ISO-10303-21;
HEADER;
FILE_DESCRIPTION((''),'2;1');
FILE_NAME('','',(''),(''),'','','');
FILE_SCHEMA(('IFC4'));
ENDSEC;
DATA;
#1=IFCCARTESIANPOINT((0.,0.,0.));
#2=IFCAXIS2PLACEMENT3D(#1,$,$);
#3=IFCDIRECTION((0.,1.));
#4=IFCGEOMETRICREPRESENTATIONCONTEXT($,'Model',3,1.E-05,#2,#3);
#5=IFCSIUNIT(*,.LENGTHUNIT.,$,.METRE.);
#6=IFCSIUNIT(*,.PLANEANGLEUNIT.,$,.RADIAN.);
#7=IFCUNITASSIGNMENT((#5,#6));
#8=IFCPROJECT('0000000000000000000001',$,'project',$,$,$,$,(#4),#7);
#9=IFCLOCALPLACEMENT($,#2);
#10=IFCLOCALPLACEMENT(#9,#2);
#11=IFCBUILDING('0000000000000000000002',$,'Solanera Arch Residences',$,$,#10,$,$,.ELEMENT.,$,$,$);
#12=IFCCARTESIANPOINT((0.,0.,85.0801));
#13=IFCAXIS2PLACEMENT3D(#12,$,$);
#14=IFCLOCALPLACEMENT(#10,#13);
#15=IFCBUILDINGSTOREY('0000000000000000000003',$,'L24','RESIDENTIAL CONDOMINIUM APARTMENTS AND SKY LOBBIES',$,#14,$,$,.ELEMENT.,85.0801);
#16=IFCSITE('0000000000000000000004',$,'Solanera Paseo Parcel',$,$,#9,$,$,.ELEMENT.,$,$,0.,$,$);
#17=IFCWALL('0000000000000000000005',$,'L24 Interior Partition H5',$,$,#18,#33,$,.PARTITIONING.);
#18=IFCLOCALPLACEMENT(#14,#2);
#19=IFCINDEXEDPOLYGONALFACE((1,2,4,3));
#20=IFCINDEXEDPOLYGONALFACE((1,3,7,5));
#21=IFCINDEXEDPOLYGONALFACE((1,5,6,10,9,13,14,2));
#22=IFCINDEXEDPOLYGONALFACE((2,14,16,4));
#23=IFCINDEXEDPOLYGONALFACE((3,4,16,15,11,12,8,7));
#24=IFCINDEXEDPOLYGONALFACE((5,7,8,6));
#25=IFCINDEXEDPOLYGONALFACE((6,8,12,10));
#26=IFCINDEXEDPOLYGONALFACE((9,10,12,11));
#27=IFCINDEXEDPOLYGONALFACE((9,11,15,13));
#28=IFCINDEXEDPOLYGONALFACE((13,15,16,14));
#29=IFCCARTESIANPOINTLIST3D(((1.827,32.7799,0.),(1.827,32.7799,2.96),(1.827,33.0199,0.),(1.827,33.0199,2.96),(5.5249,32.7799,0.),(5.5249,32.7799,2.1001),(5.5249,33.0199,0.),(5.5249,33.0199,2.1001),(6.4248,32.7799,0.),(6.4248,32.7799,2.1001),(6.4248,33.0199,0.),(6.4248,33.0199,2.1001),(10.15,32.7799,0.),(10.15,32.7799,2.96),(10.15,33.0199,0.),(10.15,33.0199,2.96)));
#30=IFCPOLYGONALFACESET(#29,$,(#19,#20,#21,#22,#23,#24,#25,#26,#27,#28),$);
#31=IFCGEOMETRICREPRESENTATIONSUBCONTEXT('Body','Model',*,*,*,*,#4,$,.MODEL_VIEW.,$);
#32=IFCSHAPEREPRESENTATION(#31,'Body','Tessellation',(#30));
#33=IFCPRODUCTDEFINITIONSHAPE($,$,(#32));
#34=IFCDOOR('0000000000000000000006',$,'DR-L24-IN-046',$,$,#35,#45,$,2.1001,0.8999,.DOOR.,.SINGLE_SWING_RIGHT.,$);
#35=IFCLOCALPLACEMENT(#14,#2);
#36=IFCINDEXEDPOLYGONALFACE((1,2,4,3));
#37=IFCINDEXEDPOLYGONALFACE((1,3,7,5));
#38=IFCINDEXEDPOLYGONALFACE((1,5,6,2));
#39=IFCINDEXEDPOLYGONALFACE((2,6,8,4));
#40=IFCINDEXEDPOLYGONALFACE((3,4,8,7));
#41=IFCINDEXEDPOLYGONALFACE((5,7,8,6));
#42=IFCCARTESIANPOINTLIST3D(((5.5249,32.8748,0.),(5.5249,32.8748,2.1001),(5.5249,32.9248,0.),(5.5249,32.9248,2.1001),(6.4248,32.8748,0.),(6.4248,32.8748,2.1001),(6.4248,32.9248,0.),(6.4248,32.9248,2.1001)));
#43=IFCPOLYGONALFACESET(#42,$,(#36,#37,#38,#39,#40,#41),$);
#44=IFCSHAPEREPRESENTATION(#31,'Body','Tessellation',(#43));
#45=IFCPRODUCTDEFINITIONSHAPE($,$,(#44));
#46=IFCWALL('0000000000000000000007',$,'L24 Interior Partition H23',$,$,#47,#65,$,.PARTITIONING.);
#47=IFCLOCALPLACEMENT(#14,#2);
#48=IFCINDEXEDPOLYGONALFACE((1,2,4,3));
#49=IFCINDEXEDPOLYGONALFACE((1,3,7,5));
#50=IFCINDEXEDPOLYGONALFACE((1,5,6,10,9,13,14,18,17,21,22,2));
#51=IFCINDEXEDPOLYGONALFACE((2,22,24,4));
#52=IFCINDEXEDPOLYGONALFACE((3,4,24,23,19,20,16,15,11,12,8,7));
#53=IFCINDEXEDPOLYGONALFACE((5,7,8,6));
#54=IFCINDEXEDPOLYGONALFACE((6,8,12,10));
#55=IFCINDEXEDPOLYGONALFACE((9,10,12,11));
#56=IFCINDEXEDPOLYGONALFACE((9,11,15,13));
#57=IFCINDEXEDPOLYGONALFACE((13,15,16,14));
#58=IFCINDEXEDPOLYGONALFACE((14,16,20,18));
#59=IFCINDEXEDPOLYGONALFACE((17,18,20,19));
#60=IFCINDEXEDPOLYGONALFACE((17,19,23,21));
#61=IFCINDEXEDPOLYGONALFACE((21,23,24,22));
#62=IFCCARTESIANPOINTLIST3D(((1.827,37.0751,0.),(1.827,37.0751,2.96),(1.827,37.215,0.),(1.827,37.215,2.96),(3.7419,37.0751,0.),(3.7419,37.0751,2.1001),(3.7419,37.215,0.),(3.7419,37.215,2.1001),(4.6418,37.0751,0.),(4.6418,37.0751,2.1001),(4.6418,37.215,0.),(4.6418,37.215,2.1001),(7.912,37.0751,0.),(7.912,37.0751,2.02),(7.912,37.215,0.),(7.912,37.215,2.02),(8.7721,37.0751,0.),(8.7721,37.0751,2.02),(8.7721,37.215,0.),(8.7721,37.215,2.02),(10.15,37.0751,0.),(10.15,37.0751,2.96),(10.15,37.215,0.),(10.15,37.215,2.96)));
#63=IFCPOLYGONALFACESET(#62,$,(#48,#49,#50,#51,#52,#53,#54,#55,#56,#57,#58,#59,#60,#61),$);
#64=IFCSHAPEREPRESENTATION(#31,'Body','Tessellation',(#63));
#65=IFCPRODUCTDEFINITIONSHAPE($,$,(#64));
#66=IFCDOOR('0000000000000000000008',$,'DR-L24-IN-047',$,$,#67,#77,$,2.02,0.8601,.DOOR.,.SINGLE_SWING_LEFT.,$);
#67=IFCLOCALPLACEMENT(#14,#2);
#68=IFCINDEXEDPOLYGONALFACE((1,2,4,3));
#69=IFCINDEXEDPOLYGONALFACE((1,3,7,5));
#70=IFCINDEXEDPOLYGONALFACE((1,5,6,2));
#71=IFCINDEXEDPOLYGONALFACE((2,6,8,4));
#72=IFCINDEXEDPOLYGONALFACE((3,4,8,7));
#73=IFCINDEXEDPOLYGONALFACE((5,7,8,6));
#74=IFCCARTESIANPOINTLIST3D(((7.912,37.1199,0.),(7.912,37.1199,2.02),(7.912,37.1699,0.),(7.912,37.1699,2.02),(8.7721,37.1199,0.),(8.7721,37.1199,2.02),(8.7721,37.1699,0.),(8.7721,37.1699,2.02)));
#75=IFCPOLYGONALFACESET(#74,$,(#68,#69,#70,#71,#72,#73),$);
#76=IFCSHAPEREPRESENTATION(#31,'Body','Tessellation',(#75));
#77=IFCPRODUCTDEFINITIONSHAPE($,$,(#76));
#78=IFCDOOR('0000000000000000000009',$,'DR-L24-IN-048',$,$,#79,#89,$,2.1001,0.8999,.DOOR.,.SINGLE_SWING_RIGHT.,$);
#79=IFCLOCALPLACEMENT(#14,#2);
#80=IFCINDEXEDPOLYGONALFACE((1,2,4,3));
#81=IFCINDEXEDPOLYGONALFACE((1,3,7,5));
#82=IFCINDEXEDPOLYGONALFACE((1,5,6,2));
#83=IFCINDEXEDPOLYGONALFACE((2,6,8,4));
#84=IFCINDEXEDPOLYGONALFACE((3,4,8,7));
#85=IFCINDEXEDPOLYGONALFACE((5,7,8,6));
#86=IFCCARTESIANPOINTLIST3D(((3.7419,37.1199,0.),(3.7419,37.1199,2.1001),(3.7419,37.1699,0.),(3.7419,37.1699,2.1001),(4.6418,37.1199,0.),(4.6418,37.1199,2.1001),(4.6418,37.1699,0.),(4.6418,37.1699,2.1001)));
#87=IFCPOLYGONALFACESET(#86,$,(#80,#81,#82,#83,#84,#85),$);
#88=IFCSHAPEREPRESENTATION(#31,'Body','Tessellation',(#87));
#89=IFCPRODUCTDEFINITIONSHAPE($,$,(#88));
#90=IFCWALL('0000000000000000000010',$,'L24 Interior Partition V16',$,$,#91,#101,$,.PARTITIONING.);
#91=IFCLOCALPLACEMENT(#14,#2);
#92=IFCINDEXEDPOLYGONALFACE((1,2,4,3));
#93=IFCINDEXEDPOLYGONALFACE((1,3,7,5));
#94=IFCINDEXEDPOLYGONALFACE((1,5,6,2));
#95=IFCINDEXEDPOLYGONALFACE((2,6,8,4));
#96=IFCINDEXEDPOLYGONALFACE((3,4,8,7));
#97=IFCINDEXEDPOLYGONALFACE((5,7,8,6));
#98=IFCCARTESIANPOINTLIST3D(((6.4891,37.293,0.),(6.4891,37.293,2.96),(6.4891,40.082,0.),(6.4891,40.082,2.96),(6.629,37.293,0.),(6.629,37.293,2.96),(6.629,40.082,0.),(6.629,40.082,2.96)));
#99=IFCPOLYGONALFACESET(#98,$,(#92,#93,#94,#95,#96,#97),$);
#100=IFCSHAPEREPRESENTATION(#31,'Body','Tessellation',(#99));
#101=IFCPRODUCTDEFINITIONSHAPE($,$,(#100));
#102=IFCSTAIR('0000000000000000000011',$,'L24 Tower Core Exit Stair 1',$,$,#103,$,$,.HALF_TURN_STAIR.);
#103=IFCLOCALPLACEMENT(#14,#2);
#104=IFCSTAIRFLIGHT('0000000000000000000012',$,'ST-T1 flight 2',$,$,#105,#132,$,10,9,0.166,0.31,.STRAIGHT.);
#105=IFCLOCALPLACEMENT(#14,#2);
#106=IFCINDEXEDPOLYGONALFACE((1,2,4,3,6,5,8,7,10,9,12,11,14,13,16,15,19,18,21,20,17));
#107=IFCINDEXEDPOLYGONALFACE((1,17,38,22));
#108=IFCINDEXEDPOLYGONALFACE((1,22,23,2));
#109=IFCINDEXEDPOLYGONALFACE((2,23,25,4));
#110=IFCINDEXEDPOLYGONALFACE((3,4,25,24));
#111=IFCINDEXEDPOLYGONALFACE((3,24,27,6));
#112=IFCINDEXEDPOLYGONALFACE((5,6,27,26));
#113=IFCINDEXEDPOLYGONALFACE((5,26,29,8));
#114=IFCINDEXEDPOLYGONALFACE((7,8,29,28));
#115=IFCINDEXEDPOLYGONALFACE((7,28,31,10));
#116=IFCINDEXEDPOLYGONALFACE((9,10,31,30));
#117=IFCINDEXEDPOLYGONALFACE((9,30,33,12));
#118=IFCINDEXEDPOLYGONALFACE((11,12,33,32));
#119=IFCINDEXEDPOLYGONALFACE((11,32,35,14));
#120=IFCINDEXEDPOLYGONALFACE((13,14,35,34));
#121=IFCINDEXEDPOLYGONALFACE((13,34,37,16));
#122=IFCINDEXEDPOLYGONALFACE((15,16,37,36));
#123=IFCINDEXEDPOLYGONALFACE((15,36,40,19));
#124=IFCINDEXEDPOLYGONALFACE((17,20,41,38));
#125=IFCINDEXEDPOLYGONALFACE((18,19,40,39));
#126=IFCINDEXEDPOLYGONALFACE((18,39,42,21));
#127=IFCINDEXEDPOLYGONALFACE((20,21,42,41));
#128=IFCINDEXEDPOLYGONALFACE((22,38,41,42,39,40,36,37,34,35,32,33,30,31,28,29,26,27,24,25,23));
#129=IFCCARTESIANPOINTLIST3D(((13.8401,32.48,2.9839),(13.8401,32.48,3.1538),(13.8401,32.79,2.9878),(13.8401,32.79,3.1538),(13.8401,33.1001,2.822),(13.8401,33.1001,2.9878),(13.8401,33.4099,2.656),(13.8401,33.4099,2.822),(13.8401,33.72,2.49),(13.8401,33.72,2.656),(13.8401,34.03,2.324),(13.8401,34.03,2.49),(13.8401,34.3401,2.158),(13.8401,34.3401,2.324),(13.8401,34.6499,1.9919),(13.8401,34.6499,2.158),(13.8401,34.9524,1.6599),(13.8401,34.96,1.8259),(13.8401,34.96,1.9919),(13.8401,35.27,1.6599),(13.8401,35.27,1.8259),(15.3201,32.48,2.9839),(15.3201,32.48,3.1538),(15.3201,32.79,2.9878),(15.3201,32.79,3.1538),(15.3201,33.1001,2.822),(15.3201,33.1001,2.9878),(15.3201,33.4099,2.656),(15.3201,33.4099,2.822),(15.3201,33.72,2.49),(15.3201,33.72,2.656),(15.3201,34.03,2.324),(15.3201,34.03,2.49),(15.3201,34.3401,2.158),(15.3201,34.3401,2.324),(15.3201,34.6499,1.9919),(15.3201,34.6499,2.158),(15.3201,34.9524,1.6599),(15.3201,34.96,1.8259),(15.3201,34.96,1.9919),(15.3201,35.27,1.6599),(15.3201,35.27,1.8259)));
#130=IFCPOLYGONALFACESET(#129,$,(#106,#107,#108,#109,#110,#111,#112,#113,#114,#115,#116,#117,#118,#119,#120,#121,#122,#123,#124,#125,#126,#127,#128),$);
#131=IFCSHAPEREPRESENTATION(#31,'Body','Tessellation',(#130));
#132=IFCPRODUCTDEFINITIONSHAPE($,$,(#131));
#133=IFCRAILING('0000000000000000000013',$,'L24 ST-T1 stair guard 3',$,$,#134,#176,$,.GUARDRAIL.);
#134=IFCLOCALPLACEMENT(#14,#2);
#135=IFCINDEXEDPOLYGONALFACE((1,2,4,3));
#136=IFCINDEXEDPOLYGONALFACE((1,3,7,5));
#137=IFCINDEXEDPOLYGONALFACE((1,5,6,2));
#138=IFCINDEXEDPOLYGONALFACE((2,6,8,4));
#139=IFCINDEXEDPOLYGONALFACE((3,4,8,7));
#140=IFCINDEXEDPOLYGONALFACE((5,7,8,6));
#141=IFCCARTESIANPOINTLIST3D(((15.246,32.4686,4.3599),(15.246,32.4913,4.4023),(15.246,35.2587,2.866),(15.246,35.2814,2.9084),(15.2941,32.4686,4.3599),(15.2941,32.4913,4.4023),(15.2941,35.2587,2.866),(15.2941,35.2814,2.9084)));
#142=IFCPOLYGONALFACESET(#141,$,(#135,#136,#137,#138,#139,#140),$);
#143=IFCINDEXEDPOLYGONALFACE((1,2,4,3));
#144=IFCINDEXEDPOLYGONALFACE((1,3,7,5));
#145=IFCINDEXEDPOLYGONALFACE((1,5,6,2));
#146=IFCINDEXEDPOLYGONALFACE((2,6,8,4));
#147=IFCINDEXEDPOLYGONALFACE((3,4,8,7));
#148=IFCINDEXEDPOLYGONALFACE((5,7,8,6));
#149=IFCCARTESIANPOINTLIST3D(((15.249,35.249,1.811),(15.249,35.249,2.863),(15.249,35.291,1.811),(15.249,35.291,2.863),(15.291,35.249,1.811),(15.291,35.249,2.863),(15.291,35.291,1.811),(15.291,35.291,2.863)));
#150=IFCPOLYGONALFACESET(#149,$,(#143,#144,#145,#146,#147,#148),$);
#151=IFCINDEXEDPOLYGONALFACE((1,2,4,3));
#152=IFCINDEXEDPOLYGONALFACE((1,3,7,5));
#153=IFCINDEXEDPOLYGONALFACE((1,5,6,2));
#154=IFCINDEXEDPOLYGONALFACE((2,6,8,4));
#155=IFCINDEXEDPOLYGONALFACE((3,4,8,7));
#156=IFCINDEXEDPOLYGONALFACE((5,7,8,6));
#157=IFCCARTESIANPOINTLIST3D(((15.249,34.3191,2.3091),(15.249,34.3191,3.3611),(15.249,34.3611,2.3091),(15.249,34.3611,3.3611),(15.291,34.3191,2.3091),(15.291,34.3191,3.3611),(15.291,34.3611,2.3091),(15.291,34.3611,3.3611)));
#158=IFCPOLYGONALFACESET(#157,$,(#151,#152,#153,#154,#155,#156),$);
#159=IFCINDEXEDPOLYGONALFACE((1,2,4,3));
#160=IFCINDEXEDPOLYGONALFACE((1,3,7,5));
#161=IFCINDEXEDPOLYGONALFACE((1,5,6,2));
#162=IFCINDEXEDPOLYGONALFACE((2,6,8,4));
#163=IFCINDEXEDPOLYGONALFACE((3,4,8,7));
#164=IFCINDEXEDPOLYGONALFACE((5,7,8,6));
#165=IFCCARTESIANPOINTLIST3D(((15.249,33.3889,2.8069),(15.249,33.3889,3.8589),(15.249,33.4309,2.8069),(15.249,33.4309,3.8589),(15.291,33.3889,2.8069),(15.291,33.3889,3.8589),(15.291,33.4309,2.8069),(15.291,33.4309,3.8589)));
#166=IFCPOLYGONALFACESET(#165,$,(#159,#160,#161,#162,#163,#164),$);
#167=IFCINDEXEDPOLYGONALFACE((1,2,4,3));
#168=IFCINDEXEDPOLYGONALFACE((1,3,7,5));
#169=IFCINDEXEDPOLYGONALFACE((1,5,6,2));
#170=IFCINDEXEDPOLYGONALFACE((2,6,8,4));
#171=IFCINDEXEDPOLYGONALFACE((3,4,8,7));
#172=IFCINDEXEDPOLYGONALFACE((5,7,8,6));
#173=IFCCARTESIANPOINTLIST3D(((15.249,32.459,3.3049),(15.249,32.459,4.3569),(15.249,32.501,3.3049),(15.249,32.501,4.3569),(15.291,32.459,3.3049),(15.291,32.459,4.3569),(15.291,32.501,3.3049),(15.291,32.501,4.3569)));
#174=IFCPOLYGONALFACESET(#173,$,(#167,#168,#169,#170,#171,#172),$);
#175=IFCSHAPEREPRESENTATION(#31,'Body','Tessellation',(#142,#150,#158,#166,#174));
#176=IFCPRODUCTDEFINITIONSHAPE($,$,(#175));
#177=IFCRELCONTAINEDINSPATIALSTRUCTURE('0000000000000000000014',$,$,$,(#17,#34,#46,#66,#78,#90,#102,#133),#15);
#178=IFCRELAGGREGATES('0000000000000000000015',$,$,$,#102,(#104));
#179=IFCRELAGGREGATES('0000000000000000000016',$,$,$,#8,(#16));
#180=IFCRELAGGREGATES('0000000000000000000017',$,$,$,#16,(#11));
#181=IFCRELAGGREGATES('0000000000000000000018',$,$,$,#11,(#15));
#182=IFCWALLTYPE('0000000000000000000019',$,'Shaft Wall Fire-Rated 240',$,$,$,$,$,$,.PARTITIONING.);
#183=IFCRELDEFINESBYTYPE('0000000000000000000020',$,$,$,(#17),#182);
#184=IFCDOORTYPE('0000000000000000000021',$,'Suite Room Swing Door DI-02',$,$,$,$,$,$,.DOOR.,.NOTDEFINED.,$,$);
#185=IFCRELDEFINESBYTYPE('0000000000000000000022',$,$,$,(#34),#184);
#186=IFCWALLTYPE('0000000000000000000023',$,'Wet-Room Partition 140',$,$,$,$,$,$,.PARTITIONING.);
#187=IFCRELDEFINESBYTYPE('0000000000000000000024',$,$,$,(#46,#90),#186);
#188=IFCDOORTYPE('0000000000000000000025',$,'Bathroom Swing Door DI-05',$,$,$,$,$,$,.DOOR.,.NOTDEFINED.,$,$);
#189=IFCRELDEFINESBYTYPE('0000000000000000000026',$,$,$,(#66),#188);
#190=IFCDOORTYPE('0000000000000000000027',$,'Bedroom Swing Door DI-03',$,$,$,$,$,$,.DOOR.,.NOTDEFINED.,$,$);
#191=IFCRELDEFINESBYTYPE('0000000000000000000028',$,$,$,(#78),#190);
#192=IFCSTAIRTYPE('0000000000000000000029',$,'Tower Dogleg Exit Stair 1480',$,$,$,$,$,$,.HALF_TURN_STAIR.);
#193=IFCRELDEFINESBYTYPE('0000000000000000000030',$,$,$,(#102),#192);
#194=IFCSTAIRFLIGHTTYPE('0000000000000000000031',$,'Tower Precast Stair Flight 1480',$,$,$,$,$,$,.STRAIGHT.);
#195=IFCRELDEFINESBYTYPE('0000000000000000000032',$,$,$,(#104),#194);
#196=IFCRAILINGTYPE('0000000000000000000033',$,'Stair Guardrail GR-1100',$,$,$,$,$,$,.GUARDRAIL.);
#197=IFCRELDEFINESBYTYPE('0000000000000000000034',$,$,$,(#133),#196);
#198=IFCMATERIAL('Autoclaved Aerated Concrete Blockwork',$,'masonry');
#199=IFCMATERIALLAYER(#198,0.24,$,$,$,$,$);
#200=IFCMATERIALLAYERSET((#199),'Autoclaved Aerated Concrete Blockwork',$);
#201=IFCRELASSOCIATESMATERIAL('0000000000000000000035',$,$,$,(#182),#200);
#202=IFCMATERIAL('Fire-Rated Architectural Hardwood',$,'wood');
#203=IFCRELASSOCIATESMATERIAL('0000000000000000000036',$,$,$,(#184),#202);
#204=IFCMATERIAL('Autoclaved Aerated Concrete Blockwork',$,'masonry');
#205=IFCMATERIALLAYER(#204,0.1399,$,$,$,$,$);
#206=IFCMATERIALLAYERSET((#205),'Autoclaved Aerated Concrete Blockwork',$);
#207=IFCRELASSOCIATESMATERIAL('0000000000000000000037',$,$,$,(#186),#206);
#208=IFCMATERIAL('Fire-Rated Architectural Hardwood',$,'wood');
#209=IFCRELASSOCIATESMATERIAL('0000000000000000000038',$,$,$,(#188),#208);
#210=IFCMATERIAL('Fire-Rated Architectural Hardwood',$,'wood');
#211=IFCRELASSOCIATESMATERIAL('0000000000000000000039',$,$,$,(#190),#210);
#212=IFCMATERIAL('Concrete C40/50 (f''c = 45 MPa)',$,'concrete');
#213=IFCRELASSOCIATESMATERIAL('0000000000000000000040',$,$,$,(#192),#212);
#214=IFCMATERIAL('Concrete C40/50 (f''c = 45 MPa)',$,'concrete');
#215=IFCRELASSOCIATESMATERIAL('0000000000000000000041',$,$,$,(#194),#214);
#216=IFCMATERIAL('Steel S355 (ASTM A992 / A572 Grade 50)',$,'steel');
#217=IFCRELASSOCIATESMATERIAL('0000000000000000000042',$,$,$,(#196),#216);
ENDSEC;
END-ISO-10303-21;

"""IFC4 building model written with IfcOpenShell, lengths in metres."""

from ifc_helpers import new_model, si_unit, direction, frame, frame_2d, origin, origin_2d, place, context, subcontext, project, spatial, polyline, rectangle, outline, extrude, material, layer, layer_set, type_object, element, fill, aggregate, save


model = new_model("IFC4")

# Units and contexts
model_context = context("Model", 3, precision=1e-05, world=origin(), true_north=direction((0.0, 1.0)))
body_context = subcontext(model_context, "Body", "Model", "MODEL_VIEW")
ifc_project = project(units=[si_unit("LENGTHUNIT", "METRE"), si_unit("PLANEANGLEUNIT", "RADIAN")], contexts=[model_context])

# Site, building, storey
site_placement = place(None, origin())
site = spatial("IfcSite", under=ifc_project, at=site_placement, Name="Solanera Paseo Parcel", CompositionType="ELEMENT", RefElevation=0.0)
building_placement = place(site_placement, origin())
building = spatial("IfcBuilding", under=site, at=building_placement, Name="Solanera Arch Residences", CompositionType="ELEMENT")
storey_placement = place(building_placement, frame((0.0, 0.0, 85.0801)))
storey = spatial("IfcBuildingStorey", under=building, at=storey_placement, Name="L24", Description="RESIDENTIAL CONDOMINIUM APARTMENTS AND SKY LOBBIES", CompositionType="ELEMENT", Elevation=85.0801)

# Wall, opening, door
ifc_material_1 = material(Name="Autoclaved Aerated Concrete Blockwork", Category="masonry")
ifc_layer_1 = layer(ifc_material_1, 0.24)
ifc_layer_set_1 = layer_set([ifc_layer_1], Name="Autoclaved Aerated Concrete Blockwork")
wall_type_1 = type_object("IfcWallType", Name="Shaft Wall Fire-Rated 240", PredefinedType="PARTITIONING", material=ifc_layer_set_1)
wall_1_placement = place(storey_placement, frame((1.8269, 32.8999, 0.0), z_axis=(0.0, 0.0, 1.0), x_axis=(1.0, 0.0, 0.0)))
wall_1 = element("IfcWall", 1, at=wall_1_placement, inside=storey, type_object=wall_type_1, Name="L24 Interior Partition H5", PredefinedType="PARTITIONING", context=body_context, shape_type="SweptSolid", body=[
    extrude(rectangle(XDim=8.323, YDim=0.24, at=frame_2d((4.1616, 0.0))), origin(), (0.0, 0.0, 1.0), 2.96),
])
opening_1_placement = place(wall_1_placement, frame((3.698, 0.0, 0.0)))
opening_1 = element("IfcOpeningElement", 2, at=opening_1_placement, cuts=wall_1, PredefinedType="OPENING", context=body_context, shape_type="SweptSolid", body=[
    extrude(rectangle(XDim=0.8999, YDim=2.1001, at=frame_2d((0.45, 1.05))), frame((0.0, 0.1299, 0.0), z_axis=(0.0, -1.0, 0.0), x_axis=(1.0, 0.0, 0.0)), (0.0, 0.0, 1.0), 0.26),
])
ifc_material_2 = material(Name="Fire-Rated Architectural Hardwood", Category="wood")
door_type_1 = type_object("IfcDoorType", Name="Suite Room Swing Door DI-02", OperationType="NOTDEFINED", PredefinedType="DOOR", material=ifc_material_2)
door_1_placement = place(opening_1_placement, origin())
door_1 = element("IfcDoor", 3, at=door_1_placement, inside=storey, type_object=door_type_1, Name="DR-L24-IN-046", OperationType="SINGLE_SWING_RIGHT", OverallHeight=2.1001, OverallWidth=0.8999, PredefinedType="DOOR", context=body_context, shape_type="SweptSolid", body=[
    extrude(rectangle(XDim=0.8999, YDim=2.1001, at=frame_2d((0.45, 1.05))), frame((0.0, 0.0249, 0.0), z_axis=(0.0, -1.0, 0.0), x_axis=(1.0, 0.0, 0.0)), (0.0, 0.0, 1.0), 0.05),
])
fill(opening_1, door_1)

# Wall, openings, doors
ifc_material_3 = material(Name="Autoclaved Aerated Concrete Blockwork", Category="masonry")
ifc_layer_2 = layer(ifc_material_3, 0.1399)
ifc_layer_set_2 = layer_set([ifc_layer_2], Name="Autoclaved Aerated Concrete Blockwork")
wall_type_2 = type_object("IfcWallType", Name="Wet-Room Partition 140", PredefinedType="PARTITIONING", material=ifc_layer_set_2)
wall_2_placement = place(storey_placement, frame((1.8269, 37.145, 0.0), z_axis=(0.0, 0.0, 1.0), x_axis=(1.0, 0.0, 0.0)))
wall_2 = element("IfcWall", 4, at=wall_2_placement, inside=storey, type_object=wall_type_2, Name="L24 Interior Partition H23", PredefinedType="PARTITIONING", context=body_context, shape_type="SweptSolid", body=[
    extrude(rectangle(XDim=8.323, YDim=0.1399, at=frame_2d((4.1616, 0.0))), origin(), (0.0, 0.0, 1.0), 2.96),
])
opening_2_placement = place(wall_2_placement, frame((6.085, 0.0, 0.0)))
opening_2 = element("IfcOpeningElement", 5, at=opening_2_placement, cuts=wall_2, PredefinedType="OPENING", context=body_context, shape_type="SweptSolid", body=[
    extrude(rectangle(XDim=0.8601, YDim=2.02, at=frame_2d((0.4302, 1.01))), frame((0.0, 0.0798, 0.0), z_axis=(0.0, -1.0, 0.0), x_axis=(1.0, 0.0, 0.0)), (0.0, 0.0, 1.0), 0.1599),
])
opening_3_placement = place(wall_2_placement, frame((1.915, 0.0, 0.0)))
opening_3 = element("IfcOpeningElement", 6, at=opening_3_placement, cuts=wall_2, PredefinedType="OPENING", context=body_context, shape_type="SweptSolid", body=[
    extrude(rectangle(XDim=0.8999, YDim=2.1001, at=frame_2d((0.45, 1.05))), frame((0.0, 0.0798, 0.0), z_axis=(0.0, -1.0, 0.0), x_axis=(1.0, 0.0, 0.0)), (0.0, 0.0, 1.0), 0.1599),
])
ifc_material_4 = material(Name="Fire-Rated Architectural Hardwood", Category="wood")
door_type_2 = type_object("IfcDoorType", Name="Bathroom Swing Door DI-05", OperationType="NOTDEFINED", PredefinedType="DOOR", material=ifc_material_4)
door_2_placement = place(opening_2_placement, origin())
door_2 = element("IfcDoor", 7, at=door_2_placement, inside=storey, type_object=door_type_2, Name="DR-L24-IN-047", OperationType="SINGLE_SWING_LEFT", OverallHeight=2.02, OverallWidth=0.8601, PredefinedType="DOOR", context=body_context, shape_type="SweptSolid", body=[
    extrude(rectangle(XDim=0.8601, YDim=2.02, at=frame_2d((0.4302, 1.01))), frame((0.0, 0.0249, 0.0), z_axis=(0.0, -1.0, 0.0), x_axis=(1.0, 0.0, 0.0)), (0.0, 0.0, 1.0), 0.05),
])
fill(opening_2, door_2)
ifc_material_5 = material(Name="Fire-Rated Architectural Hardwood", Category="wood")
door_type_3 = type_object("IfcDoorType", Name="Bedroom Swing Door DI-03", OperationType="NOTDEFINED", PredefinedType="DOOR", material=ifc_material_5)
door_3_placement = place(opening_3_placement, origin())
door_3 = element("IfcDoor", 8, at=door_3_placement, inside=storey, type_object=door_type_3, Name="DR-L24-IN-048", OperationType="SINGLE_SWING_RIGHT", OverallHeight=2.1001, OverallWidth=0.8999, PredefinedType="DOOR", context=body_context, shape_type="SweptSolid", body=[
    extrude(rectangle(XDim=0.8999, YDim=2.1001, at=frame_2d((0.45, 1.05))), frame((0.0, 0.0249, 0.0), z_axis=(0.0, -1.0, 0.0), x_axis=(1.0, 0.0, 0.0)), (0.0, 0.0, 1.0), 0.05),
])
fill(opening_3, door_3)

# Wall
wall_3_placement = place(storey_placement, frame((6.5591, 37.293, 0.0), z_axis=(0.0, 0.0, 1.0), x_axis=(0.0, 1.0, 0.0)))
element("IfcWall", 9, at=wall_3_placement, inside=storey, type_object=wall_type_2, Name="L24 Interior Partition V16", PredefinedType="PARTITIONING", context=body_context, shape_type="SweptSolid", body=[
    extrude(rectangle(XDim=2.7891, YDim=0.1399, at=frame_2d((1.3945, 0.0))), origin(), (0.0, 0.0, 1.0), 2.96),
])

# Stair, stair flight
ifc_material_6 = material(Name="Concrete C40/50 (f'c = 45 MPa)", Category="concrete")
stair_type = type_object("IfcStairType", Name="Tower Dogleg Exit Stair 1480", PredefinedType="HALF_TURN_STAIR", material=ifc_material_6)
stair_placement = place(storey_placement, origin())
stair = element("IfcStair", 10, at=stair_placement, inside=storey, type_object=stair_type, Name="L24 Tower Core Exit Stair 1", PredefinedType="HALF_TURN_STAIR")
ifc_material_7 = material(Name="Concrete C40/50 (f'c = 45 MPa)", Category="concrete")
stair_flight_type = type_object("IfcStairFlightType", Name="Tower Precast Stair Flight 1480", PredefinedType="STRAIGHT", material=ifc_material_7)
stair_flight_placement = place(storey_placement, frame((14.5801, 35.27, 1.6599), z_axis=(0.0, 0.0, 1.0), x_axis=(0.0, -1.0, 0.0)))
stair_flight = element("IfcStairFlight", 11, at=stair_flight_placement, type_object=stair_flight_type, Name="ST-T1 flight 2", NumberOfRisers=10, NumberOfTreads=9, PredefinedType="STRAIGHT", RiserHeight=0.166, TreadLength=0.31, context=body_context, shape_type="SweptSolid", body=[
    extrude(outline(polyline([(0.0, 0.0), (0.0, 0.166), (0.3101, 0.166), (0.3101, 0.332), (0.6201, 0.332), (0.6201, 0.498), (0.9299, 0.498), (0.9299, 0.6641), (1.24, 0.6641), (1.24, 0.8301), (1.55, 0.8301), (1.55, 0.9961), (1.8601, 0.9961), (1.8601, 1.1621), (2.1699, 1.1621), (2.1699, 1.3279), (2.48, 1.3279), (2.48, 1.4939), (2.79, 1.4939), (2.79, 1.6599), (2.79, 1.324), (0.3176, 0.0), (0.0, 0.0)])), frame((0.0, 0.74, 0.0), z_axis=(0.0, -1.0, 0.0), x_axis=(1.0, 0.0, 0.0)), (0.0, 0.0, 1.0), 1.48),
])
aggregate(stair, [stair_flight])

# Railing
ifc_material_8 = material(Name="Steel S355 (ASTM A992 / A572 Grade 50)", Category="steel")
railing_type_1 = type_object("IfcRailingType", Name="Stair Guardrail GR-1100", PredefinedType="GUARDRAIL", material=ifc_material_8)
railing_1_placement = place(storey_placement, frame((15.27, 35.27, 1.811)))
element("IfcRailing", 12, at=railing_1_placement, inside=storey, type_object=railing_type_1, Name="L24 ST-T1 stair guard 3", PredefinedType="GUARDRAIL", context=body_context, shape_type="SweptSolid", body=[
    extrude(rectangle(XDim=0.0481, YDim=0.0481, at=origin_2d()), frame((0.0, 0.0, 1.0762), z_axis=(0.0, -0.881581, 0.472033), x_axis=(1.0, 0.0, 0.0)), (0.0, 0.0, 1.0), 3.1648),
    extrude(rectangle(XDim=0.042, YDim=0.042, at=origin_2d()), origin(), (0.0, 0.0, 1.0), 1.052),
    extrude(rectangle(XDim=0.042, YDim=0.042, at=origin_2d()), frame((0.0, -0.9299, 0.498)), (0.0, 0.0, 1.0), 1.052),
    extrude(rectangle(XDim=0.042, YDim=0.042, at=origin_2d()), frame((0.0, -1.8601, 0.9958)), (0.0, 0.0, 1.0), 1.052),
    extrude(rectangle(XDim=0.042, YDim=0.042, at=origin_2d()), frame((0.0, -2.79, 1.4939)), (0.0, 0.0, 1.0), 1.052),
])

save(model, "model.ifc")
